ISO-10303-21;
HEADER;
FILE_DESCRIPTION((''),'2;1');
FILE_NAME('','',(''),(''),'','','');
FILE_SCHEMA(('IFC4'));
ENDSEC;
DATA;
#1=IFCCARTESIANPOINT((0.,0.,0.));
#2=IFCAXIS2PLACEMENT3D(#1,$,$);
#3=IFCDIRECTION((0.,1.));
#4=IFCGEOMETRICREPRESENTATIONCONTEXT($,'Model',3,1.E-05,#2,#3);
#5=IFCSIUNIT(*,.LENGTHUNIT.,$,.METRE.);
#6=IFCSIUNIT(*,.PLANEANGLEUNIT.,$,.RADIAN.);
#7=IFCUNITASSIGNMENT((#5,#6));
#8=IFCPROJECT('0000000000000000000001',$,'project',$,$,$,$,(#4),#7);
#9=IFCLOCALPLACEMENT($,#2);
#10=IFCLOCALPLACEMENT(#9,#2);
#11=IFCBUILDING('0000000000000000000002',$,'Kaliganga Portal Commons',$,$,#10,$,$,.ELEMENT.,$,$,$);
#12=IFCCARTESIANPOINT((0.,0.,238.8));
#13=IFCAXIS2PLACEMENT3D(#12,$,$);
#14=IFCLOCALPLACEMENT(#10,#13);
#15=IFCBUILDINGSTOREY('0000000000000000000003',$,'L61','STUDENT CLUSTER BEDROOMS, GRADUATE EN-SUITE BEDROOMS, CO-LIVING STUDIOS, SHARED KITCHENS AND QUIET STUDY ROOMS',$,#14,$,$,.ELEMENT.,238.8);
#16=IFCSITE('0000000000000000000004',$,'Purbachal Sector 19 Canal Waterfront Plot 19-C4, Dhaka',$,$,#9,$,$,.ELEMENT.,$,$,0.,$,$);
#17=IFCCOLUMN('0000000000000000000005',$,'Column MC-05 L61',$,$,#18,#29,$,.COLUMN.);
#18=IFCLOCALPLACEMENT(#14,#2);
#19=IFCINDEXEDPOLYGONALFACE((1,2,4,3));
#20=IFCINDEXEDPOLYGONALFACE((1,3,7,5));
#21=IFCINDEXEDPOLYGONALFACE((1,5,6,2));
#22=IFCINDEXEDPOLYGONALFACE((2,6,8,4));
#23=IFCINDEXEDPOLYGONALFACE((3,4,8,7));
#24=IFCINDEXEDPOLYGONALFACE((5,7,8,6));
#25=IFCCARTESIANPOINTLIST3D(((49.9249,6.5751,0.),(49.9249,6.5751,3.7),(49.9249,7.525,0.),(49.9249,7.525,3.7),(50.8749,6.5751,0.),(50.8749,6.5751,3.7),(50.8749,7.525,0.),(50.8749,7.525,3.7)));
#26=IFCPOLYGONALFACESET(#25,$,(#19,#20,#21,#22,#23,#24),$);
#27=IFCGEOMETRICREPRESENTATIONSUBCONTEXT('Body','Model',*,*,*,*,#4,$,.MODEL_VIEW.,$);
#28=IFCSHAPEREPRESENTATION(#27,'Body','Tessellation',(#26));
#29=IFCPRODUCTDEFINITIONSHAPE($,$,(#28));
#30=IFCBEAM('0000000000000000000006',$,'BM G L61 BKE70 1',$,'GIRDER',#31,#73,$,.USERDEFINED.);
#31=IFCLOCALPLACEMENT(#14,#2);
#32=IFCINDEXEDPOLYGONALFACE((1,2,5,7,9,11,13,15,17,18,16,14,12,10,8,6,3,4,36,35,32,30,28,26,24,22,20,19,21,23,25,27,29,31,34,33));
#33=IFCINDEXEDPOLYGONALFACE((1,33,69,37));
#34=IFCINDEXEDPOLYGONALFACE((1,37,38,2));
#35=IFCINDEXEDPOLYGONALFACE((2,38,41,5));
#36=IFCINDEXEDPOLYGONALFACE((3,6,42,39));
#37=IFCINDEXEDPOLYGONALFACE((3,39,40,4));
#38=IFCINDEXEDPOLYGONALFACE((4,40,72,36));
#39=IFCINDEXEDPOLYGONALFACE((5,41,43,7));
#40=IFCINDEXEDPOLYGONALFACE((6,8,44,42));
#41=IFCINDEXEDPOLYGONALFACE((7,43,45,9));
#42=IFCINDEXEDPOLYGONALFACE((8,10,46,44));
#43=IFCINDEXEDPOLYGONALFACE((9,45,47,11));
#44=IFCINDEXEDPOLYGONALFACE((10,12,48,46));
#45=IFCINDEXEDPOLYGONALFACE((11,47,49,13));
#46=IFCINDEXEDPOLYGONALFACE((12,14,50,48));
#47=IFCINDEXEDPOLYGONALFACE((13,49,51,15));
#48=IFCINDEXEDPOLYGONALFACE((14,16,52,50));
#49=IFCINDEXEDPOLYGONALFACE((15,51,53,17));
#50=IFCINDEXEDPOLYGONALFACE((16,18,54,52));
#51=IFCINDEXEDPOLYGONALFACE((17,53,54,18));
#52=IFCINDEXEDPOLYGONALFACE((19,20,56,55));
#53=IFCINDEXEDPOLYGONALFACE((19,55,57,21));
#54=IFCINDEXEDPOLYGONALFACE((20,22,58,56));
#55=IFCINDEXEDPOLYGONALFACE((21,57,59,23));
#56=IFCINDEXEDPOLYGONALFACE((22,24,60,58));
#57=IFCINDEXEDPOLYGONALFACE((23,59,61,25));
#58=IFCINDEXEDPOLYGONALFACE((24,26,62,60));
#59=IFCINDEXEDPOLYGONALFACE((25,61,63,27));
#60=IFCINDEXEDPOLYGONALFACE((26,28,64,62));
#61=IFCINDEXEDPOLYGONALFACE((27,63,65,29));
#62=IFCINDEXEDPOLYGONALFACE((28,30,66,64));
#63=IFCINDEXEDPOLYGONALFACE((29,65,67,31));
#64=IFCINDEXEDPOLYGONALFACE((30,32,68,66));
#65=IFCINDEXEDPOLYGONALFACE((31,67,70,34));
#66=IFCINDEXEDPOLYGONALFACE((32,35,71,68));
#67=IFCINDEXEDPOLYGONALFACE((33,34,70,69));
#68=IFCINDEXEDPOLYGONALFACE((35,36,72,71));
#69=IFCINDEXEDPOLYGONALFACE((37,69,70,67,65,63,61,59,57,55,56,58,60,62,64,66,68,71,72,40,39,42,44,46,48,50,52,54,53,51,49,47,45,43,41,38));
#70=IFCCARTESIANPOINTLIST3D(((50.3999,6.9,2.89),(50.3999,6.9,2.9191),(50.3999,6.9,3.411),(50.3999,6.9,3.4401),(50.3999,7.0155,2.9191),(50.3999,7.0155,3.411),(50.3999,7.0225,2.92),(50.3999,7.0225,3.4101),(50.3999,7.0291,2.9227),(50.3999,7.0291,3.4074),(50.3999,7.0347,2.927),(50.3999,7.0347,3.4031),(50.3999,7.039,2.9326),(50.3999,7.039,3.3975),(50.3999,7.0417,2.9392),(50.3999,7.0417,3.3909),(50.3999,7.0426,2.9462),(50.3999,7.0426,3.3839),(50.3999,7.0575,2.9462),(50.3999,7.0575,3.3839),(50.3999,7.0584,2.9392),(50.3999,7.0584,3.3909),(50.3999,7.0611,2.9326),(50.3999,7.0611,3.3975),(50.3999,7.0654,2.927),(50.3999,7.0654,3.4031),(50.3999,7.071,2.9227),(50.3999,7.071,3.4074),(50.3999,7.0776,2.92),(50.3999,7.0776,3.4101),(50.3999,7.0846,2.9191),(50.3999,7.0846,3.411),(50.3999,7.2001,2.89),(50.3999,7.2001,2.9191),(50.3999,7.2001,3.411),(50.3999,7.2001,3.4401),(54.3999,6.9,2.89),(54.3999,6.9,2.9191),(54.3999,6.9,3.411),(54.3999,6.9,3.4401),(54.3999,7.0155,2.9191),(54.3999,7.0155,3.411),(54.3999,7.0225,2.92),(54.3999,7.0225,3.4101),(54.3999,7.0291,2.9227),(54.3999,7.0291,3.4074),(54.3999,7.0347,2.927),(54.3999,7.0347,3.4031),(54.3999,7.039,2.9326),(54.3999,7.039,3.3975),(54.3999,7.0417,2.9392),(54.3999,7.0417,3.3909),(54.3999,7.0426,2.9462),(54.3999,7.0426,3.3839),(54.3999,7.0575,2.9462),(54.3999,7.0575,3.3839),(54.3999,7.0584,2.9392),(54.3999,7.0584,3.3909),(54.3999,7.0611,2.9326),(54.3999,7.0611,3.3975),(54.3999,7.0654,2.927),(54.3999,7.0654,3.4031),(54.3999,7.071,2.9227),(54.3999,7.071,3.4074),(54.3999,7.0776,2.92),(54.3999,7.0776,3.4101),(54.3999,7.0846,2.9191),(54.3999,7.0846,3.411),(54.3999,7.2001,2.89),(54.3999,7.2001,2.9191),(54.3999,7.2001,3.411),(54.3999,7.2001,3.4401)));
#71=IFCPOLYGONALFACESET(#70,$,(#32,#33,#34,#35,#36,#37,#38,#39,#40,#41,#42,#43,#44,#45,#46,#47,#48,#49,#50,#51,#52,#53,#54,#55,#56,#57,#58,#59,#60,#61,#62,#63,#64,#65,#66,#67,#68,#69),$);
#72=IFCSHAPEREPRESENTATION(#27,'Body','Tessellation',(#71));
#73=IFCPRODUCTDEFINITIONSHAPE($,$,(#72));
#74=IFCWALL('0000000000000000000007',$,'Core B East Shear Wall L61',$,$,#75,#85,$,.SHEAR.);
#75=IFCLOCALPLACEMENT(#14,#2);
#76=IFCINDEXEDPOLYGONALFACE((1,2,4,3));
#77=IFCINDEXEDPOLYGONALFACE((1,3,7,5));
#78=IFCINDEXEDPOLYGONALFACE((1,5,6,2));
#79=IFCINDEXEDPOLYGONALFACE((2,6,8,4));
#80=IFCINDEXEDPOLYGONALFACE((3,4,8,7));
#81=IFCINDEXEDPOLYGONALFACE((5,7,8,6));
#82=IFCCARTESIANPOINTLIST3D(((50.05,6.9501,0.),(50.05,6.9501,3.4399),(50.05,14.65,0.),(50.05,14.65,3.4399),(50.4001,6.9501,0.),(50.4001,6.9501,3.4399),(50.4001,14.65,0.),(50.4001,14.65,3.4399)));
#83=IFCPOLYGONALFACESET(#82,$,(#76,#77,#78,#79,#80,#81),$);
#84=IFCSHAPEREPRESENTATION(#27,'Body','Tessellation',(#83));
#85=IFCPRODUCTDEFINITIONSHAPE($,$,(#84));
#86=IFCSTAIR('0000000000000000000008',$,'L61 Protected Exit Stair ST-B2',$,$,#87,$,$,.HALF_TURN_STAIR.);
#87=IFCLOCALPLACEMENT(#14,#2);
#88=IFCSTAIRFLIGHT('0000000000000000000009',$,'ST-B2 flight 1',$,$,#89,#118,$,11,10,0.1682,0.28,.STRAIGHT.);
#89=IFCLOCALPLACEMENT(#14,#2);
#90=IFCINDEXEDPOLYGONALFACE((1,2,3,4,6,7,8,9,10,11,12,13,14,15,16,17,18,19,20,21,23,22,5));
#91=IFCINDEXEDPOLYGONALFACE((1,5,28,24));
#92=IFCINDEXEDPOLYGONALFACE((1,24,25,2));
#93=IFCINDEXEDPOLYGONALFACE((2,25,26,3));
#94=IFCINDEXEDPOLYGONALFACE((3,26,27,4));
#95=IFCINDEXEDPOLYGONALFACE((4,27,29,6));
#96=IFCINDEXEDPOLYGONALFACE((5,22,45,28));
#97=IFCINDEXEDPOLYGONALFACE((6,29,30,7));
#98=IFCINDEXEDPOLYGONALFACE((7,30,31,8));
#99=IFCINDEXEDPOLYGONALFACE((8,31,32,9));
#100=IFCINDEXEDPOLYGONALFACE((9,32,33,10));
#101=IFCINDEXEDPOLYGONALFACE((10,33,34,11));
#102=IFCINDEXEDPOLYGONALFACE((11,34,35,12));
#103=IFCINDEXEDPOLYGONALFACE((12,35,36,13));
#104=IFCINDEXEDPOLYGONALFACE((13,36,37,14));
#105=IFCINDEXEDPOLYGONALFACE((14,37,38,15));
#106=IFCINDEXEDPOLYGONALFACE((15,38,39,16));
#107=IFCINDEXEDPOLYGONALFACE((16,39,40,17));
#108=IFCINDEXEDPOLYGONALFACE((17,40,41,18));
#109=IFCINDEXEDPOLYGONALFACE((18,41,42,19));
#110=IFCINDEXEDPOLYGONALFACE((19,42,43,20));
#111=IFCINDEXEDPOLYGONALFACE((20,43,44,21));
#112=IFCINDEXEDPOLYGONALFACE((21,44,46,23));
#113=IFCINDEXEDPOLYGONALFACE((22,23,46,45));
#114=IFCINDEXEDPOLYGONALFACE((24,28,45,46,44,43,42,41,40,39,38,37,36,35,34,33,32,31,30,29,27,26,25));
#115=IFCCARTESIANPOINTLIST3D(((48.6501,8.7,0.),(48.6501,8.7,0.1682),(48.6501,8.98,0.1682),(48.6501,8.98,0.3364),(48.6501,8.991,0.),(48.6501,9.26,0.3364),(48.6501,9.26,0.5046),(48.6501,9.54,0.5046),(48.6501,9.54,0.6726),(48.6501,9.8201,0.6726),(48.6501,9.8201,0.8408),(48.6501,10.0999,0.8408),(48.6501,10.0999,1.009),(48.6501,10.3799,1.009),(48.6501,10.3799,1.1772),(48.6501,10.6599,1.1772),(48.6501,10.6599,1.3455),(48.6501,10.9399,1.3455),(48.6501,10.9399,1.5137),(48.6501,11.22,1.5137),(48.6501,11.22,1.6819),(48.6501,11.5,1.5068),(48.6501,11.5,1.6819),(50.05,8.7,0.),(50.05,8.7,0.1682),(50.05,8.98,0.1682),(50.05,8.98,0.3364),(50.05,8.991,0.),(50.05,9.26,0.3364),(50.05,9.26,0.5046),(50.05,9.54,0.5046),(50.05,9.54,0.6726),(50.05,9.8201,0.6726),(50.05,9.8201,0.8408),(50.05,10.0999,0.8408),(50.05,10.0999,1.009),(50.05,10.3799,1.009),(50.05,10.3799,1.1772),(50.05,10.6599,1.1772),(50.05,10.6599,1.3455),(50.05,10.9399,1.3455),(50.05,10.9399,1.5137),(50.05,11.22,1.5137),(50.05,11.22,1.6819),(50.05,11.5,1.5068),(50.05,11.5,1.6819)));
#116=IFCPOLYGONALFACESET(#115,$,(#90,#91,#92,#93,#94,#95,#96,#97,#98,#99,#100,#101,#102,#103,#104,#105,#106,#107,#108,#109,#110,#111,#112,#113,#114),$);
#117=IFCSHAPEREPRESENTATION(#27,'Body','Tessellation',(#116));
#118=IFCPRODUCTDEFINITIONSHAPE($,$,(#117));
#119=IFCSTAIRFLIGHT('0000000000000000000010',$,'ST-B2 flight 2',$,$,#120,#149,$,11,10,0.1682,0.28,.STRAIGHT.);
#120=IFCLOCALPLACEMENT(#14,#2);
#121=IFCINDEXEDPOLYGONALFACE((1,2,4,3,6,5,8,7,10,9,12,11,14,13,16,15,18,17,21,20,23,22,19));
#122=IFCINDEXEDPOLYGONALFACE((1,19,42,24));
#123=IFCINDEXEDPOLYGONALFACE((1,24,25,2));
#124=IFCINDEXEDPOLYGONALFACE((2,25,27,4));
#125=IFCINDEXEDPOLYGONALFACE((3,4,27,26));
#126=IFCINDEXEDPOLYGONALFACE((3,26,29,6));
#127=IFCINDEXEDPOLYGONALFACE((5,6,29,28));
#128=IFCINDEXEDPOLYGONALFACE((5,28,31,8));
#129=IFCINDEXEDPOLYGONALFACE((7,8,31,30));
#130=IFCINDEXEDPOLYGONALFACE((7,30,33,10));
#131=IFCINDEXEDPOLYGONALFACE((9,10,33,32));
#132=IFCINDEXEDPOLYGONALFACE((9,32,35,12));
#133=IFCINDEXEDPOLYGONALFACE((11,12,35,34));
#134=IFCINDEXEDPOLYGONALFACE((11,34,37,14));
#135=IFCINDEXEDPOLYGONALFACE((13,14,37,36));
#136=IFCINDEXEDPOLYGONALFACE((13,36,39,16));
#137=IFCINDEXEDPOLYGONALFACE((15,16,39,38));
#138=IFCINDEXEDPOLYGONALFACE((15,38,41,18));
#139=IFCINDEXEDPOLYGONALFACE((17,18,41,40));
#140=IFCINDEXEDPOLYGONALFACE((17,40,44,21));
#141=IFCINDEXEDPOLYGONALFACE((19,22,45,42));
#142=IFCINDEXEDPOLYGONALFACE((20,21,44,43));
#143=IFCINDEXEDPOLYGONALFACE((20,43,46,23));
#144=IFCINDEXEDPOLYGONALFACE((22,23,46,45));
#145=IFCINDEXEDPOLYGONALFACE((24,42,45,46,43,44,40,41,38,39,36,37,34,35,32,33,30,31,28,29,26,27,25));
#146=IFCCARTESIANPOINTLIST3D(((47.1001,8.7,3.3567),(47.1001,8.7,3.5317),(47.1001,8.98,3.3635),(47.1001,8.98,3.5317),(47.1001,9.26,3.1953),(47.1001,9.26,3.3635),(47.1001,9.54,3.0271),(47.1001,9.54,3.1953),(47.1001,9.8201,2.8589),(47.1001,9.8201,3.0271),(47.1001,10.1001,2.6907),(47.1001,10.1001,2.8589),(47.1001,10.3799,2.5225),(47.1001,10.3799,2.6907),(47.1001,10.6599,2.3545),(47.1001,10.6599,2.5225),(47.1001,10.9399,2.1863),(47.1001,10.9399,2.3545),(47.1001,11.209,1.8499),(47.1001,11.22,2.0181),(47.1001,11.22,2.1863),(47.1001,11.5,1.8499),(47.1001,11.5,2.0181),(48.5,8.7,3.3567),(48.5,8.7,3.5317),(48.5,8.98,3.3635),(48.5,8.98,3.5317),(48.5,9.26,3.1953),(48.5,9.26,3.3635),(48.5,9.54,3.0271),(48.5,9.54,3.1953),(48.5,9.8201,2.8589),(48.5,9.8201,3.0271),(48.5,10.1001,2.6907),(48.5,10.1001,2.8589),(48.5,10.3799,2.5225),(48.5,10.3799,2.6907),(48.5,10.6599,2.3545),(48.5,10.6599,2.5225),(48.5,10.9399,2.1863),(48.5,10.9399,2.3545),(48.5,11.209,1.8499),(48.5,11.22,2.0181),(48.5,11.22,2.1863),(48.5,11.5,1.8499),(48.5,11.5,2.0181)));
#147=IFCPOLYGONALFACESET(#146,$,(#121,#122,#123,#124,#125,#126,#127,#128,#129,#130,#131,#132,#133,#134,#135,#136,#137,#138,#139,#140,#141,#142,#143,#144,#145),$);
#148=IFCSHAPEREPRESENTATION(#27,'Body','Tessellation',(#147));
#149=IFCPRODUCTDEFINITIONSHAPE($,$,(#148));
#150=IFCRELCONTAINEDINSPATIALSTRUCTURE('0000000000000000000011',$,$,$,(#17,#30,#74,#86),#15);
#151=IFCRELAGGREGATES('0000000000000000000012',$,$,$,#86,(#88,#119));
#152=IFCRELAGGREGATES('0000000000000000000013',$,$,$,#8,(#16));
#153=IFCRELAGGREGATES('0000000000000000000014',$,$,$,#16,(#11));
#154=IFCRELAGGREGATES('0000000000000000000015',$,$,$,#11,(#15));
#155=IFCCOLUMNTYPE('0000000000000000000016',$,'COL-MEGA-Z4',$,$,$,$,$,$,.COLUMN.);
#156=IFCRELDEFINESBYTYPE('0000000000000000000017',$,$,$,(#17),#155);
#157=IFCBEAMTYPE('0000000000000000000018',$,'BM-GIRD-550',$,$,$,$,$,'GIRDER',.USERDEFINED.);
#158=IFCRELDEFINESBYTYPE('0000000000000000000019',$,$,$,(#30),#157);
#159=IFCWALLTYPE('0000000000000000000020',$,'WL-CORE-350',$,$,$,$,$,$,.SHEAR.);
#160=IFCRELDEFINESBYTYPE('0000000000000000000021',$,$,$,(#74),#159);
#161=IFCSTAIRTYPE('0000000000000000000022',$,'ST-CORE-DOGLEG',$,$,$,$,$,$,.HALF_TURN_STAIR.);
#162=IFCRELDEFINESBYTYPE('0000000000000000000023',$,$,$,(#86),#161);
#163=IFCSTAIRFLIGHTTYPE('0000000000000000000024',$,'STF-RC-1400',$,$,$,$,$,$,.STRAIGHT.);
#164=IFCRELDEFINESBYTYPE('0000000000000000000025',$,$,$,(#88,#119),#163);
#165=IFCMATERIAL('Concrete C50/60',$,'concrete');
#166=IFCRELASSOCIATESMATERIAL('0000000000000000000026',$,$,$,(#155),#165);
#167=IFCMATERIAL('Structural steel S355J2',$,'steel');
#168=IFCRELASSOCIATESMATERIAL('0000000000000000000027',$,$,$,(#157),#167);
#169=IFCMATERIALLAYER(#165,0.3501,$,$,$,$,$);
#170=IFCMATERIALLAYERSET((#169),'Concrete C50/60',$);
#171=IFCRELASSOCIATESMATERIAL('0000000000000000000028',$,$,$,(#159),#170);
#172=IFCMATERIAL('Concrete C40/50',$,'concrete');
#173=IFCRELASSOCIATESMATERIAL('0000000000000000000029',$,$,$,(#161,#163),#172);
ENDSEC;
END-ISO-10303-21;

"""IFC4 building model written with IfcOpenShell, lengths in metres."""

from ifc_helpers import new_model, si_unit, direction, frame, frame_2d, origin, origin_2d, place, context, subcontext, project, spatial, polyline, rectangle, i_section, outline, extrude, source, transform, mapped, material, layer, layer_set, material_profile, profile_set, type_object, element, aggregate, save


model = new_model("IFC4")

# Units and contexts
model_context = context("Model", 3, precision=1e-05, world=origin(), true_north=direction((0.0, 1.0)))
body_context = subcontext(model_context, "Body", "Model", "MODEL_VIEW")
ifc_project = project(units=[si_unit("LENGTHUNIT", "METRE"), si_unit("PLANEANGLEUNIT", "RADIAN")], contexts=[model_context])

# Site, building, storey
site_placement = place(None, origin())
site = spatial("IfcSite", under=ifc_project, at=site_placement, Name="Purbachal Sector 19 Canal Waterfront Plot 19-C4, Dhaka", CompositionType="ELEMENT", RefElevation=0.0)
building_placement = place(site_placement, origin())
building = spatial("IfcBuilding", under=site, at=building_placement, Name="Kaliganga Portal Commons", CompositionType="ELEMENT")
storey_placement = place(building_placement, frame((0.0, 0.0, 238.8)))
storey = spatial("IfcBuildingStorey", under=building, at=storey_placement, Name="L61", Description="STUDENT CLUSTER BEDROOMS, GRADUATE EN-SUITE BEDROOMS, CO-LIVING STUDIOS, SHARED KITCHENS AND QUIET STUDY ROOMS", CompositionType="ELEMENT", Elevation=238.8)

# Column
ifc_material_1 = material(Name="Concrete C50/60", Category="concrete")
ifc_material_profile_1 = material_profile(ifc_material_1, rectangle(XDim=0.95, YDim=0.95, at=origin_2d()), Name="RC 950x950")
ifc_profile_set_1 = profile_set([ifc_material_profile_1], Name="Concrete C50/60")
column_type = type_object("IfcColumnType", Name="COL-MEGA-Z4", PredefinedType="COLUMN", material=ifc_profile_set_1)
shared_shape_1 = source(origin(), body_context, "Body", "SweptSolid", [
    extrude(rectangle(XDim=0.95, YDim=0.95, at=origin_2d()), origin(), (0.0, 0.0, 1.0), 3.7),
])
column_placement = place(storey_placement, frame((50.3999, 7.05, 0.0), z_axis=(0.0, 0.0, 1.0), x_axis=(1.0, 0.0, 0.0)))
element("IfcColumn", 1, at=column_placement, inside=storey, type_object=column_type, Name="Column MC-05 L61", PredefinedType="COLUMN", context=body_context, shape_type="MappedRepresentation", body=[
    mapped(shared_shape_1, transform((0.0, 0.0, 0.0), x_axis=(1.0, 0.0, 0.0), y_axis=(0.0, 1.0, 0.0), z_axis=(0.0, 0.0, 1.0), scale=1.0)),
])

# Beam
ifc_material_2 = material(Name="Structural steel S355J2", Category="steel")
ifc_material_profile_2 = material_profile(ifc_material_2, i_section(OverallWidth=0.3, OverallDepth=0.55, WebThickness=0.0149, FlangeThickness=0.0291, FilletRadius=0.0271, at=origin_2d()), Name="HE 550 B")
ifc_profile_set_2 = profile_set([ifc_material_profile_2], Name="Structural steel S355J2 wide-flange")
beam_type = type_object("IfcBeamType", Name="BM-GIRD-550", ElementType="GIRDER", PredefinedType="USERDEFINED", material=ifc_profile_set_2)
shared_shape_2 = source(origin(), body_context, "Body", "SweptSolid", [
    extrude(i_section(OverallWidth=0.3, OverallDepth=0.55, WebThickness=0.0149, FlangeThickness=0.0291, FilletRadius=0.0271, at=origin_2d()), origin(), (0.0, 0.0, 1.0), 4.0),
])
beam_placement = place(storey_placement, frame((50.3999, 7.05, 3.165), z_axis=(1.0, 0.0, 0.0), x_axis=(0.0, 1.0, 0.0)))
element("IfcBeam", 2, at=beam_placement, inside=storey, type_object=beam_type, Name="BM G L61 BKE70 1", ObjectType="GIRDER", PredefinedType="USERDEFINED", context=body_context, shape_type="MappedRepresentation", body=[
    mapped(shared_shape_2, transform((0.0, 0.0, 0.0), x_axis=(1.0, 0.0, 0.0), y_axis=(0.0, 1.0, 0.0), z_axis=(0.0, 0.0, 1.0), scale=1.0)),
])

# Wall
ifc_layer_1 = layer(ifc_material_1, 0.3501)
ifc_layer_set_1 = layer_set([ifc_layer_1], Name="Concrete C50/60")
wall_type_1 = type_object("IfcWallType", Name="WL-CORE-350", PredefinedType="SHEAR", material=ifc_layer_set_1)
wall_1_placement = place(storey_placement, frame((50.2251, 6.95, 0.0), z_axis=(0.0, 0.0, 1.0), x_axis=(0.0, 1.0, 0.0)))
element("IfcWall", 3, at=wall_1_placement, inside=storey, type_object=wall_type_1, Name="Core B East Shear Wall L61", PredefinedType="SHEAR", context=body_context, shape_type="SweptSolid", body=[
    extrude(rectangle(XDim=7.7, YDim=0.3501, at=frame_2d((3.8501, 0.0))), origin(), (0.0, 0.0, 1.0), 3.4399),
])

# Stair, stair flights
ifc_material_3 = material(Name="Concrete C40/50", Category="concrete")
stair_type = type_object("IfcStairType", Name="ST-CORE-DOGLEG", PredefinedType="HALF_TURN_STAIR", material=ifc_material_3)
stair_placement = place(storey_placement, origin())
stair = element("IfcStair", 4, at=stair_placement, inside=storey, type_object=stair_type, Name="L61 Protected Exit Stair ST-B2", PredefinedType="HALF_TURN_STAIR")
stair_flight_type = type_object("IfcStairFlightType", Name="STF-RC-1400", PredefinedType="STRAIGHT", material=ifc_material_3)
stair_flight_1_placement = place(storey_placement, frame((49.3501, 8.7, 0.0), z_axis=(0.0, 0.0, 1.0), x_axis=(0.0, 1.0, 0.0)))
stair_flight_1 = element("IfcStairFlight", 5, at=stair_flight_1_placement, type_object=stair_flight_type, Name="ST-B2 flight 1", NumberOfRisers=11, NumberOfTreads=10, PredefinedType="STRAIGHT", RiserHeight=0.1682, TreadLength=0.28, context=body_context, shape_type="SweptSolid", body=[
    extrude(outline(polyline([(0.0, 0.0), (0.0, 0.1682), (0.28, 0.1682), (0.28, 0.3364), (0.5601, 0.3364), (0.5601, 0.5046), (0.8401, 0.5046), (0.8401, 0.6726), (1.1201, 0.6726), (1.1201, 0.8408), (1.3999, 0.8408), (1.3999, 1.009), (1.6799, 1.009), (1.6799, 1.1772), (1.96, 1.1772), (1.96, 1.3455), (2.24, 1.3455), (2.24, 1.5137), (2.52, 1.5137), (2.52, 1.6819), (2.8, 1.6819), (2.8, 1.8501), (2.8, 1.5068), (0.291, 0.0), (0.0, 0.0)])), frame((0.0, 0.7, 0.0), z_axis=(0.0, -1.0, 0.0), x_axis=(1.0, 0.0, 0.0)), (0.0, 0.0, 1.0), 1.3999),
])
stair_flight_2_placement = place(storey_placement, frame((47.8, 11.5, 1.8499), z_axis=(0.0, 0.0, 1.0), x_axis=(0.0, -1.0, 0.0)))
stair_flight_2 = element("IfcStairFlight", 6, at=stair_flight_2_placement, type_object=stair_flight_type, Name="ST-B2 flight 2", NumberOfRisers=11, NumberOfTreads=10, PredefinedType="STRAIGHT", RiserHeight=0.1682, TreadLength=0.28, context=body_context, shape_type="SweptSolid", body=[
    extrude(outline(polyline([(0.0, 0.0), (0.0, 0.1682), (0.28, 0.1682), (0.28, 0.3364), (0.5601, 0.3364), (0.5601, 0.5046), (0.8401, 0.5046), (0.8401, 0.6726), (1.1201, 0.6726), (1.1201, 0.8408), (1.3999, 0.8408), (1.3999, 1.009), (1.6799, 1.009), (1.6799, 1.1772), (1.96, 1.1772), (1.96, 1.3455), (2.24, 1.3455), (2.24, 1.5137), (2.52, 1.5137), (2.52, 1.6819), (2.8, 1.6819), (2.8, 1.8501), (2.8, 1.5068), (0.291, 0.0), (0.0, 0.0)])), frame((0.0, 0.7, 0.0), z_axis=(0.0, -1.0, 0.0), x_axis=(1.0, 0.0, 0.0)), (0.0, 0.0, 1.0), 1.3999),
])
aggregate(stair, [stair_flight_1, stair_flight_2])

save(model, "model.ifc")
